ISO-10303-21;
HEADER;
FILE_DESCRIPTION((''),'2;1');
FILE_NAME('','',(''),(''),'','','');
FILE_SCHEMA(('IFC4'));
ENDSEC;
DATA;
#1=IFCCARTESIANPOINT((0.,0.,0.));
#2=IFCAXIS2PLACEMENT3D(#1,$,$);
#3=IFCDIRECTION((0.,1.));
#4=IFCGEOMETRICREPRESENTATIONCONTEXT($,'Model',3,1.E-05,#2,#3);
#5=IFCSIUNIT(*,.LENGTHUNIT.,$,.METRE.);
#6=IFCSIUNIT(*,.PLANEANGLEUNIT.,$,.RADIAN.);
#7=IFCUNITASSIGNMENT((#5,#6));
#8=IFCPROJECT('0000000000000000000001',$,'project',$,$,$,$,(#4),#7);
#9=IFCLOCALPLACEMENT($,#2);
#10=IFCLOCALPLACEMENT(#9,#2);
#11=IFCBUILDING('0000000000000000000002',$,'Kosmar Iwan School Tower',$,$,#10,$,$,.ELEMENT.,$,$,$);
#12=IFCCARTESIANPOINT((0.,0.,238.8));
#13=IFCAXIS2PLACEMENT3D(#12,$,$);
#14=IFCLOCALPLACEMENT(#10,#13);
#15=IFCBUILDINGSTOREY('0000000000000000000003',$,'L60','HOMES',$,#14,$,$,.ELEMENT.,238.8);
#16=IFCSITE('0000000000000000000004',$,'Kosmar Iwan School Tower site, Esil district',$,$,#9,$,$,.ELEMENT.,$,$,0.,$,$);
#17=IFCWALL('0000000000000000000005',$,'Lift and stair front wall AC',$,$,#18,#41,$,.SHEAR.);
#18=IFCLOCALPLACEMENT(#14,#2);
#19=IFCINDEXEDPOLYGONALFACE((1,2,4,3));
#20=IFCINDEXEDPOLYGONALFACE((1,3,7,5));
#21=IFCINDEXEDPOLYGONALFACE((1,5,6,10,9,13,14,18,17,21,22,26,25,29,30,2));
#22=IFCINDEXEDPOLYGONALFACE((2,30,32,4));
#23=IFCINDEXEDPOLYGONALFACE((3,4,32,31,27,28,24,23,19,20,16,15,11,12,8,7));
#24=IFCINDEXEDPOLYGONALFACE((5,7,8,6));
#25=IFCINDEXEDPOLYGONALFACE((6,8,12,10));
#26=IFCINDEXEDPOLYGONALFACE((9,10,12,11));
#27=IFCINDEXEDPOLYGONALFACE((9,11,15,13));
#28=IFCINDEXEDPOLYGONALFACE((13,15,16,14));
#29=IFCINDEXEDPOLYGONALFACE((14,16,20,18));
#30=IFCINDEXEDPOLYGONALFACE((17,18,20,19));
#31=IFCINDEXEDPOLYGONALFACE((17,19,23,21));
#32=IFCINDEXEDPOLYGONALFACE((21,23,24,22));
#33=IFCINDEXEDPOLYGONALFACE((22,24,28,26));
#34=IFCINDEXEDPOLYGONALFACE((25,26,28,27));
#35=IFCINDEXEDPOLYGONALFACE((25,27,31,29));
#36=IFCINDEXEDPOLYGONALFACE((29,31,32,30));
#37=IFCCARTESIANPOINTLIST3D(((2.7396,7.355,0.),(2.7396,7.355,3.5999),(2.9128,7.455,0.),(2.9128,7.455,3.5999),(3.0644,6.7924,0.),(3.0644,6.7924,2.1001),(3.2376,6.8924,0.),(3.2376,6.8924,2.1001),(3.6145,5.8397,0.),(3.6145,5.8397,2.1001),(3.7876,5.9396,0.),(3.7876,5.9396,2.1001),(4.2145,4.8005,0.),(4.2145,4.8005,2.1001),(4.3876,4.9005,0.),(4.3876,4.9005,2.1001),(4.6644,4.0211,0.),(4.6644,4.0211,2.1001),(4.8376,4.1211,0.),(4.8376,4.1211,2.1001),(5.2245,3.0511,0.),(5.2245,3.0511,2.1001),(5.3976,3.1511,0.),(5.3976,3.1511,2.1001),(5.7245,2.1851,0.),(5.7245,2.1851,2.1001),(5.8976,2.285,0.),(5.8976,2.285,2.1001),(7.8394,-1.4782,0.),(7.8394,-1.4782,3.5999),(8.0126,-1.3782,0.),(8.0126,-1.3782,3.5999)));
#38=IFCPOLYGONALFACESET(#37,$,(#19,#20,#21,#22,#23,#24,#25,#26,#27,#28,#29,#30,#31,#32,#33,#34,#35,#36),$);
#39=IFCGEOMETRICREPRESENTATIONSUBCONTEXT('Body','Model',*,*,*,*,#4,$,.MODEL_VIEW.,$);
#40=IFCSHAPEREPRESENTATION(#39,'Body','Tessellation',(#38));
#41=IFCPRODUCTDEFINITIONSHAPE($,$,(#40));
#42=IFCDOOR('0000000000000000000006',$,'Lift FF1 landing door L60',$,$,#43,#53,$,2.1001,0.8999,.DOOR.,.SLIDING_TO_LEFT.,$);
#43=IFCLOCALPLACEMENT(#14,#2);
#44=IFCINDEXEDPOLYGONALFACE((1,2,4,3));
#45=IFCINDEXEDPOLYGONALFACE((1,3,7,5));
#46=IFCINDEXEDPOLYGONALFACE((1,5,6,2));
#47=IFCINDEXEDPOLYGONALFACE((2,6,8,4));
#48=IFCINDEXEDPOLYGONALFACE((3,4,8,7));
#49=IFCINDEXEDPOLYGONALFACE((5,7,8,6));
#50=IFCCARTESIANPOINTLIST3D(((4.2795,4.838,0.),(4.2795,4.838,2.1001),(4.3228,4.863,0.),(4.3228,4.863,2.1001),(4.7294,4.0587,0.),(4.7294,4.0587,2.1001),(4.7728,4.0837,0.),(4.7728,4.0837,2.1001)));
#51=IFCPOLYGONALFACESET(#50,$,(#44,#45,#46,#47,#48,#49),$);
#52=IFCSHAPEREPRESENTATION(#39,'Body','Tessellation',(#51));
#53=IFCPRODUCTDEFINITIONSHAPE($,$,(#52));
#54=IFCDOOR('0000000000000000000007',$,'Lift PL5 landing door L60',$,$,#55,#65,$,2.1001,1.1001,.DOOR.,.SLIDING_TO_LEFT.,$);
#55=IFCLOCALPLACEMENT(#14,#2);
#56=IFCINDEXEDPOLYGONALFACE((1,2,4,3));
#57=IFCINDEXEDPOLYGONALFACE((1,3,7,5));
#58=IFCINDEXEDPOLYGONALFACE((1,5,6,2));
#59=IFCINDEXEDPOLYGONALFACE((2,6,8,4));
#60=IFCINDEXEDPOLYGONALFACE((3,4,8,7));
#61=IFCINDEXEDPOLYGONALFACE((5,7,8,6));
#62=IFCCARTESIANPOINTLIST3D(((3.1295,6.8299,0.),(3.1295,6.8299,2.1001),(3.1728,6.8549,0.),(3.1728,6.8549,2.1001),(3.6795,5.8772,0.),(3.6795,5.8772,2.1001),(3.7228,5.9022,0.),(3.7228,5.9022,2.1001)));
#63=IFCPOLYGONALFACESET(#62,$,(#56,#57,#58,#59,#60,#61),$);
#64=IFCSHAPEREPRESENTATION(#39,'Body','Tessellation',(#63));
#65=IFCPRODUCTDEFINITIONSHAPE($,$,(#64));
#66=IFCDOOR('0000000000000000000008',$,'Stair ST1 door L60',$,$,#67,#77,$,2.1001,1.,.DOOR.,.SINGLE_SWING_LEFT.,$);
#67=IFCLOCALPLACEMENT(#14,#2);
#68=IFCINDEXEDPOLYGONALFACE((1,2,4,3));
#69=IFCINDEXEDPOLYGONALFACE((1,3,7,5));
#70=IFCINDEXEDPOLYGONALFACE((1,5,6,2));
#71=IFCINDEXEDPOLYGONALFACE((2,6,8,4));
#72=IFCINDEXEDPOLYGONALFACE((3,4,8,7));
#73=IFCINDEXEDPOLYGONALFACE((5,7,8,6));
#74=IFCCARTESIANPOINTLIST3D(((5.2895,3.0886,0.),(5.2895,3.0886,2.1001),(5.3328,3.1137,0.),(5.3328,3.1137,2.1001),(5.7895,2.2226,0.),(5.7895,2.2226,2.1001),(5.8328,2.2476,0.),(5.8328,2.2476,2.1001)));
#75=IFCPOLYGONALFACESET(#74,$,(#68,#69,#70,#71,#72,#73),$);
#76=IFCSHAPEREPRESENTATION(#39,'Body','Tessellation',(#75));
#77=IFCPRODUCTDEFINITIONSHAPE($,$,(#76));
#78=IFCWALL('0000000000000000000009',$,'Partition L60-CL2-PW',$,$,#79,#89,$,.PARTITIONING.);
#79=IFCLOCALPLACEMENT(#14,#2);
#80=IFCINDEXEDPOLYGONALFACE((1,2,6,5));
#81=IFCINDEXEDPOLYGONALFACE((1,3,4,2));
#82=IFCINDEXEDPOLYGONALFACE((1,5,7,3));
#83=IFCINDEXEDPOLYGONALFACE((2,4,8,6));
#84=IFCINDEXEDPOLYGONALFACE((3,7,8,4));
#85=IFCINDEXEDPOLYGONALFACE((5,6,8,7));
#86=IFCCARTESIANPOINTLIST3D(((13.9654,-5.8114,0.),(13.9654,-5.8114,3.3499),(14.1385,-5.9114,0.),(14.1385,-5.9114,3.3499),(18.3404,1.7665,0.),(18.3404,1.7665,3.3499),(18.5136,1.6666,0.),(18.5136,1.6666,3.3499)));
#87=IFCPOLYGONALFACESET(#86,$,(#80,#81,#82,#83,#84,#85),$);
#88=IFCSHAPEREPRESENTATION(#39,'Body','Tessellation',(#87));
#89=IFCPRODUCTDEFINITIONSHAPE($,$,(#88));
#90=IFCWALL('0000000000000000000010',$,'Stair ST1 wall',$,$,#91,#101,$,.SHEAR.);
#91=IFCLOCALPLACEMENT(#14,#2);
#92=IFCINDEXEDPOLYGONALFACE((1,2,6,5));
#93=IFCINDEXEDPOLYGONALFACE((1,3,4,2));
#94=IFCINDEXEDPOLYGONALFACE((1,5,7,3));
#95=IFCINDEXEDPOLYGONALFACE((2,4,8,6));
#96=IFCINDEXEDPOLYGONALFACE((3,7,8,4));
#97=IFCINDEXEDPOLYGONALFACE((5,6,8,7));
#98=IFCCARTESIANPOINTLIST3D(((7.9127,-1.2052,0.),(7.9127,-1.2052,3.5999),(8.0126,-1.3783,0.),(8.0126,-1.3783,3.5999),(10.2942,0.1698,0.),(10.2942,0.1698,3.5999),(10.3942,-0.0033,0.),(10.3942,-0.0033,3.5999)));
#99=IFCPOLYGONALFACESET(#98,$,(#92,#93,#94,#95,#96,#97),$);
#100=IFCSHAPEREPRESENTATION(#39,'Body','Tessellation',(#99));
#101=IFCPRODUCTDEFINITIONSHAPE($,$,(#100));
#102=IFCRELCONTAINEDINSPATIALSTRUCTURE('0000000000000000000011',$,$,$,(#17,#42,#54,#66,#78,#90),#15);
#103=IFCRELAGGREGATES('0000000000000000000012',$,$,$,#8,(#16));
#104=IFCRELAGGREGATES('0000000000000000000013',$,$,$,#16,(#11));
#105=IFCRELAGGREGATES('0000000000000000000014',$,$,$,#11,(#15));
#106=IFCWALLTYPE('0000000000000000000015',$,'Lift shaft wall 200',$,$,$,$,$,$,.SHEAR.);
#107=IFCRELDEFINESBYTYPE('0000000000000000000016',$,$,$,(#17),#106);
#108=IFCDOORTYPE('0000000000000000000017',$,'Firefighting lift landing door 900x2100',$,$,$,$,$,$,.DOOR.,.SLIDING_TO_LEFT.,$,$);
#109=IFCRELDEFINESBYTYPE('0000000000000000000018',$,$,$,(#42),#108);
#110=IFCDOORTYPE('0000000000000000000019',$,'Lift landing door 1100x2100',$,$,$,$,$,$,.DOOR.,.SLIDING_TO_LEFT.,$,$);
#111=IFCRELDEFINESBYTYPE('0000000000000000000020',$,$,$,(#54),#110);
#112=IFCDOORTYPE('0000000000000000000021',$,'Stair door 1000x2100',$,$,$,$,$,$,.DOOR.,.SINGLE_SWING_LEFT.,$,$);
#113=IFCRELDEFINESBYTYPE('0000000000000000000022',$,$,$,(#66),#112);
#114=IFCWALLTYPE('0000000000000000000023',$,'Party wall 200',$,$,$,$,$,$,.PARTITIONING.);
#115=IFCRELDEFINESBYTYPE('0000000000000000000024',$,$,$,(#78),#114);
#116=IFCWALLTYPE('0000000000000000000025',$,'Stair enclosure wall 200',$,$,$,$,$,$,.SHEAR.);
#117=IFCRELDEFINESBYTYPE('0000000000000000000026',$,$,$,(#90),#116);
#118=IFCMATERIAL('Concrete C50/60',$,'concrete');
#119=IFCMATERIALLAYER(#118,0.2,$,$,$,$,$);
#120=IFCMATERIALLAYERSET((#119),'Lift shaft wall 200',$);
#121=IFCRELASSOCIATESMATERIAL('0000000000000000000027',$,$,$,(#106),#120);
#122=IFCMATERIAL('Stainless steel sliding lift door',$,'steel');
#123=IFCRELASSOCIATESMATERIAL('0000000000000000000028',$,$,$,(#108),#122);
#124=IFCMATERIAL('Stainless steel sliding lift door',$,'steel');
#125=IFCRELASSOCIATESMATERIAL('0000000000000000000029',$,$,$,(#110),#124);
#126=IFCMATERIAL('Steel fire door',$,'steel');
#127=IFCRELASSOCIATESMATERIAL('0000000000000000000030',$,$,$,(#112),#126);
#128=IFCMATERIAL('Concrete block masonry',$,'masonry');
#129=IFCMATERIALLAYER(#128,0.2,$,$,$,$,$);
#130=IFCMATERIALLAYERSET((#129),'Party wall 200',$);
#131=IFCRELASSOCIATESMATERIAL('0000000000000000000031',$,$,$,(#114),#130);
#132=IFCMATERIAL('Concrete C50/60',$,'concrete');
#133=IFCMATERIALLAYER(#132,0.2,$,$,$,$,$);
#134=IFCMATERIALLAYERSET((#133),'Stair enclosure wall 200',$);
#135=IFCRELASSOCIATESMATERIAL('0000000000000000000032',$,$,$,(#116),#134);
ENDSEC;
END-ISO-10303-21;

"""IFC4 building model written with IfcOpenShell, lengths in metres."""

from ifc_helpers import new_model, si_unit, direction, frame, frame_2d, origin, place, context, subcontext, project, spatial, rectangle, extrude, material, layer, layer_set, type_object, element, fill, save


model = new_model("IFC4")

# Units and contexts
model_context = context("Model", 3, precision=1e-05, world=origin(), true_north=direction((0.0, 1.0)))
body_context = subcontext(model_context, "Body", "Model", "MODEL_VIEW")
ifc_project = project(units=[si_unit("LENGTHUNIT", "METRE"), si_unit("PLANEANGLEUNIT", "RADIAN")], contexts=[model_context])

# Site, building, storey
site_placement = place(None, origin())
site = spatial("IfcSite", under=ifc_project, at=site_placement, Name="Kosmar Iwan School Tower site, Esil district", CompositionType="ELEMENT", RefElevation=0.0)
building_placement = place(site_placement, origin())
building = spatial("IfcBuilding", under=site, at=building_placement, Name="Kosmar Iwan School Tower", CompositionType="ELEMENT")
storey_placement = place(building_placement, frame((0.0, 0.0, 238.8)))
storey = spatial("IfcBuildingStorey", under=building, at=storey_placement, Name="L60", Description="HOMES", CompositionType="ELEMENT", Elevation=238.8)

# Wall, openings, doors
ifc_material_1 = material(Name="Concrete C50/60", Category="concrete")
ifc_layer_1 = layer(ifc_material_1, 0.2)
ifc_layer_set_1 = layer_set([ifc_layer_1], Name="Lift shaft wall 200")
wall_type_1 = type_object("IfcWallType", Name="Lift shaft wall 200", PredefinedType="SHEAR", material=ifc_layer_set_1)
wall_1_placement = place(storey_placement, frame((7.926, -1.4282, 0.0), z_axis=(0.0, 0.0, 1.0), x_axis=(-0.499998, 0.866027, 0.0)))
wall_1 = element("IfcWall", 1, at=wall_1_placement, inside=storey, type_object=wall_type_1, Name="Lift and stair front wall AC", PredefinedType="SHEAR", context=body_context, shape_type="SweptSolid", body=[
    extrude(rectangle(XDim=10.1997, YDim=0.2, at=frame_2d((5.0999, 0.0))), origin(), (0.0, 0.0, 1.0), 3.5999),
])
opening_1_placement = place(wall_1_placement, frame((6.3501, 0.0, 0.0)))
opening_1 = element("IfcOpeningElement", 2, at=opening_1_placement, cuts=wall_1, PredefinedType="OPENING", context=body_context, shape_type="SweptSolid", body=[
    extrude(rectangle(XDim=0.8999, YDim=2.1001, at=frame_2d((0.45, 1.05))), frame((0.0, 0.1121, 0.0), z_axis=(0.0, -1.0, 0.0), x_axis=(1.0, 0.0, 0.0)), (0.0, 0.0, 1.0), 0.2239),
])
opening_2_placement = place(wall_1_placement, frame((8.45, 0.0, 0.0)))
opening_2 = element("IfcOpeningElement", 3, at=opening_2_placement, cuts=wall_1, PredefinedType="OPENING", context=body_context, shape_type="SweptSolid", body=[
    extrude(rectangle(XDim=1.1001, YDim=2.1001, at=frame_2d((0.55, 1.05))), frame((0.0, 0.1121, 0.0), z_axis=(0.0, -1.0, 0.0), x_axis=(1.0, 0.0, 0.0)), (0.0, 0.0, 1.0), 0.2239),
])
opening_3_placement = place(wall_1_placement, frame((4.23, 0.0, 0.0)))
opening_3 = element("IfcOpeningElement", 4, at=opening_3_placement, cuts=wall_1, PredefinedType="OPENING", context=body_context, shape_type="SweptSolid", body=[
    extrude(rectangle(XDim=1.0, YDim=2.1001, at=frame_2d((0.5, 1.05))), frame((0.0, 0.1121, 0.0), z_axis=(0.0, -1.0, 0.0), x_axis=(1.0, 0.0, 0.0)), (0.0, 0.0, 1.0), 0.2239),
])
ifc_material_2 = material(Name="Stainless steel sliding lift door", Category="steel")
door_type_1 = type_object("IfcDoorType", Name="Firefighting lift landing door 900x2100", OperationType="SLIDING_TO_LEFT", PredefinedType="DOOR", material=ifc_material_2)
door_1_placement = place(opening_1_placement, origin())
door_1 = element("IfcDoor", 5, at=door_1_placement, inside=storey, type_object=door_type_1, Name="Lift FF1 landing door L60", OperationType="SLIDING_TO_LEFT", OverallHeight=2.1001, OverallWidth=0.8999, PredefinedType="DOOR", context=body_context, shape_type="SweptSolid", body=[
    extrude(rectangle(XDim=0.8999, YDim=2.1001, at=frame_2d((0.45, 1.05))), frame((0.0, 0.0249, 0.0), z_axis=(0.0, -1.0, 0.0), x_axis=(1.0, 0.0, 0.0)), (0.0, 0.0, 1.0), 0.05),
])
fill(opening_1, door_1)
ifc_material_3 = material(Name="Stainless steel sliding lift door", Category="steel")
door_type_2 = type_object("IfcDoorType", Name="Lift landing door 1100x2100", OperationType="SLIDING_TO_LEFT", PredefinedType="DOOR", material=ifc_material_3)
door_2_placement = place(opening_2_placement, origin())
door_2 = element("IfcDoor", 6, at=door_2_placement, inside=storey, type_object=door_type_2, Name="Lift PL5 landing door L60", OperationType="SLIDING_TO_LEFT", OverallHeight=2.1001, OverallWidth=1.1001, PredefinedType="DOOR", context=body_context, shape_type="SweptSolid", body=[
    extrude(rectangle(XDim=1.1001, YDim=2.1001, at=frame_2d((0.55, 1.05))), frame((0.0, 0.0249, 0.0), z_axis=(0.0, -1.0, 0.0), x_axis=(1.0, 0.0, 0.0)), (0.0, 0.0, 1.0), 0.05),
])
fill(opening_2, door_2)
ifc_material_4 = material(Name="Steel fire door", Category="steel")
door_type_3 = type_object("IfcDoorType", Name="Stair door 1000x2100", OperationType="SINGLE_SWING_LEFT", PredefinedType="DOOR", material=ifc_material_4)
door_3_placement = place(opening_3_placement, origin())
door_3 = element("IfcDoor", 7, at=door_3_placement, inside=storey, type_object=door_type_3, Name="Stair ST1 door L60", OperationType="SINGLE_SWING_LEFT", OverallHeight=2.1001, OverallWidth=1.0, PredefinedType="DOOR", context=body_context, shape_type="SweptSolid", body=[
    extrude(rectangle(XDim=1.0, YDim=2.1001, at=frame_2d((0.5, 1.05))), frame((0.0, 0.0249, 0.0), z_axis=(0.0, -1.0, 0.0), x_axis=(1.0, 0.0, 0.0)), (0.0, 0.0, 1.0), 0.05),
])
fill(opening_3, door_3)

# Walls
ifc_material_5 = material(Name="Concrete block masonry", Category="masonry")
ifc_layer_2 = layer(ifc_material_5, 0.2)
ifc_layer_set_2 = layer_set([ifc_layer_2], Name="Party wall 200")
wall_type_2 = type_object("IfcWallType", Name="Party wall 200", PredefinedType="PARTITIONING", material=ifc_layer_set_2)
wall_2_placement = place(storey_placement, frame((14.052, -5.8613, 0.0), z_axis=(0.0, 0.0, 1.0), x_axis=(0.499992, 0.86603, 0.0)))
element("IfcWall", 8, at=wall_2_placement, inside=storey, type_object=wall_type_2, Name="Partition L60-CL2-PW", PredefinedType="PARTITIONING", context=body_context, shape_type="SweptSolid", body=[
    extrude(rectangle(XDim=8.7502, YDim=0.2, at=frame_2d((4.375, 0.0))), origin(), (0.0, 0.0, 1.0), 3.3499),
])
ifc_material_6 = material(Name="Concrete C50/60", Category="concrete")
ifc_layer_3 = layer(ifc_material_6, 0.2)
ifc_layer_set_3 = layer_set([ifc_layer_3], Name="Stair enclosure wall 200")
wall_type_3 = type_object("IfcWallType", Name="Stair enclosure wall 200", PredefinedType="SHEAR", material=ifc_layer_set_3)
wall_3_placement = place(storey_placement, frame((7.9626, -1.2917, 0.0), z_axis=(0.0, 0.0, 1.0), x_axis=(0.866027, 0.499997, 0.0)))
element("IfcWall", 9, at=wall_3_placement, inside=storey, type_object=wall_type_3, Name="Stair ST1 wall", PredefinedType="SHEAR", context=body_context, shape_type="SweptSolid", body=[
    extrude(rectangle(XDim=2.75, YDim=0.2, at=frame_2d((1.375, 0.0))), origin(), (0.0, 0.0, 1.0), 3.5999),
])

save(model, "model.ifc")
